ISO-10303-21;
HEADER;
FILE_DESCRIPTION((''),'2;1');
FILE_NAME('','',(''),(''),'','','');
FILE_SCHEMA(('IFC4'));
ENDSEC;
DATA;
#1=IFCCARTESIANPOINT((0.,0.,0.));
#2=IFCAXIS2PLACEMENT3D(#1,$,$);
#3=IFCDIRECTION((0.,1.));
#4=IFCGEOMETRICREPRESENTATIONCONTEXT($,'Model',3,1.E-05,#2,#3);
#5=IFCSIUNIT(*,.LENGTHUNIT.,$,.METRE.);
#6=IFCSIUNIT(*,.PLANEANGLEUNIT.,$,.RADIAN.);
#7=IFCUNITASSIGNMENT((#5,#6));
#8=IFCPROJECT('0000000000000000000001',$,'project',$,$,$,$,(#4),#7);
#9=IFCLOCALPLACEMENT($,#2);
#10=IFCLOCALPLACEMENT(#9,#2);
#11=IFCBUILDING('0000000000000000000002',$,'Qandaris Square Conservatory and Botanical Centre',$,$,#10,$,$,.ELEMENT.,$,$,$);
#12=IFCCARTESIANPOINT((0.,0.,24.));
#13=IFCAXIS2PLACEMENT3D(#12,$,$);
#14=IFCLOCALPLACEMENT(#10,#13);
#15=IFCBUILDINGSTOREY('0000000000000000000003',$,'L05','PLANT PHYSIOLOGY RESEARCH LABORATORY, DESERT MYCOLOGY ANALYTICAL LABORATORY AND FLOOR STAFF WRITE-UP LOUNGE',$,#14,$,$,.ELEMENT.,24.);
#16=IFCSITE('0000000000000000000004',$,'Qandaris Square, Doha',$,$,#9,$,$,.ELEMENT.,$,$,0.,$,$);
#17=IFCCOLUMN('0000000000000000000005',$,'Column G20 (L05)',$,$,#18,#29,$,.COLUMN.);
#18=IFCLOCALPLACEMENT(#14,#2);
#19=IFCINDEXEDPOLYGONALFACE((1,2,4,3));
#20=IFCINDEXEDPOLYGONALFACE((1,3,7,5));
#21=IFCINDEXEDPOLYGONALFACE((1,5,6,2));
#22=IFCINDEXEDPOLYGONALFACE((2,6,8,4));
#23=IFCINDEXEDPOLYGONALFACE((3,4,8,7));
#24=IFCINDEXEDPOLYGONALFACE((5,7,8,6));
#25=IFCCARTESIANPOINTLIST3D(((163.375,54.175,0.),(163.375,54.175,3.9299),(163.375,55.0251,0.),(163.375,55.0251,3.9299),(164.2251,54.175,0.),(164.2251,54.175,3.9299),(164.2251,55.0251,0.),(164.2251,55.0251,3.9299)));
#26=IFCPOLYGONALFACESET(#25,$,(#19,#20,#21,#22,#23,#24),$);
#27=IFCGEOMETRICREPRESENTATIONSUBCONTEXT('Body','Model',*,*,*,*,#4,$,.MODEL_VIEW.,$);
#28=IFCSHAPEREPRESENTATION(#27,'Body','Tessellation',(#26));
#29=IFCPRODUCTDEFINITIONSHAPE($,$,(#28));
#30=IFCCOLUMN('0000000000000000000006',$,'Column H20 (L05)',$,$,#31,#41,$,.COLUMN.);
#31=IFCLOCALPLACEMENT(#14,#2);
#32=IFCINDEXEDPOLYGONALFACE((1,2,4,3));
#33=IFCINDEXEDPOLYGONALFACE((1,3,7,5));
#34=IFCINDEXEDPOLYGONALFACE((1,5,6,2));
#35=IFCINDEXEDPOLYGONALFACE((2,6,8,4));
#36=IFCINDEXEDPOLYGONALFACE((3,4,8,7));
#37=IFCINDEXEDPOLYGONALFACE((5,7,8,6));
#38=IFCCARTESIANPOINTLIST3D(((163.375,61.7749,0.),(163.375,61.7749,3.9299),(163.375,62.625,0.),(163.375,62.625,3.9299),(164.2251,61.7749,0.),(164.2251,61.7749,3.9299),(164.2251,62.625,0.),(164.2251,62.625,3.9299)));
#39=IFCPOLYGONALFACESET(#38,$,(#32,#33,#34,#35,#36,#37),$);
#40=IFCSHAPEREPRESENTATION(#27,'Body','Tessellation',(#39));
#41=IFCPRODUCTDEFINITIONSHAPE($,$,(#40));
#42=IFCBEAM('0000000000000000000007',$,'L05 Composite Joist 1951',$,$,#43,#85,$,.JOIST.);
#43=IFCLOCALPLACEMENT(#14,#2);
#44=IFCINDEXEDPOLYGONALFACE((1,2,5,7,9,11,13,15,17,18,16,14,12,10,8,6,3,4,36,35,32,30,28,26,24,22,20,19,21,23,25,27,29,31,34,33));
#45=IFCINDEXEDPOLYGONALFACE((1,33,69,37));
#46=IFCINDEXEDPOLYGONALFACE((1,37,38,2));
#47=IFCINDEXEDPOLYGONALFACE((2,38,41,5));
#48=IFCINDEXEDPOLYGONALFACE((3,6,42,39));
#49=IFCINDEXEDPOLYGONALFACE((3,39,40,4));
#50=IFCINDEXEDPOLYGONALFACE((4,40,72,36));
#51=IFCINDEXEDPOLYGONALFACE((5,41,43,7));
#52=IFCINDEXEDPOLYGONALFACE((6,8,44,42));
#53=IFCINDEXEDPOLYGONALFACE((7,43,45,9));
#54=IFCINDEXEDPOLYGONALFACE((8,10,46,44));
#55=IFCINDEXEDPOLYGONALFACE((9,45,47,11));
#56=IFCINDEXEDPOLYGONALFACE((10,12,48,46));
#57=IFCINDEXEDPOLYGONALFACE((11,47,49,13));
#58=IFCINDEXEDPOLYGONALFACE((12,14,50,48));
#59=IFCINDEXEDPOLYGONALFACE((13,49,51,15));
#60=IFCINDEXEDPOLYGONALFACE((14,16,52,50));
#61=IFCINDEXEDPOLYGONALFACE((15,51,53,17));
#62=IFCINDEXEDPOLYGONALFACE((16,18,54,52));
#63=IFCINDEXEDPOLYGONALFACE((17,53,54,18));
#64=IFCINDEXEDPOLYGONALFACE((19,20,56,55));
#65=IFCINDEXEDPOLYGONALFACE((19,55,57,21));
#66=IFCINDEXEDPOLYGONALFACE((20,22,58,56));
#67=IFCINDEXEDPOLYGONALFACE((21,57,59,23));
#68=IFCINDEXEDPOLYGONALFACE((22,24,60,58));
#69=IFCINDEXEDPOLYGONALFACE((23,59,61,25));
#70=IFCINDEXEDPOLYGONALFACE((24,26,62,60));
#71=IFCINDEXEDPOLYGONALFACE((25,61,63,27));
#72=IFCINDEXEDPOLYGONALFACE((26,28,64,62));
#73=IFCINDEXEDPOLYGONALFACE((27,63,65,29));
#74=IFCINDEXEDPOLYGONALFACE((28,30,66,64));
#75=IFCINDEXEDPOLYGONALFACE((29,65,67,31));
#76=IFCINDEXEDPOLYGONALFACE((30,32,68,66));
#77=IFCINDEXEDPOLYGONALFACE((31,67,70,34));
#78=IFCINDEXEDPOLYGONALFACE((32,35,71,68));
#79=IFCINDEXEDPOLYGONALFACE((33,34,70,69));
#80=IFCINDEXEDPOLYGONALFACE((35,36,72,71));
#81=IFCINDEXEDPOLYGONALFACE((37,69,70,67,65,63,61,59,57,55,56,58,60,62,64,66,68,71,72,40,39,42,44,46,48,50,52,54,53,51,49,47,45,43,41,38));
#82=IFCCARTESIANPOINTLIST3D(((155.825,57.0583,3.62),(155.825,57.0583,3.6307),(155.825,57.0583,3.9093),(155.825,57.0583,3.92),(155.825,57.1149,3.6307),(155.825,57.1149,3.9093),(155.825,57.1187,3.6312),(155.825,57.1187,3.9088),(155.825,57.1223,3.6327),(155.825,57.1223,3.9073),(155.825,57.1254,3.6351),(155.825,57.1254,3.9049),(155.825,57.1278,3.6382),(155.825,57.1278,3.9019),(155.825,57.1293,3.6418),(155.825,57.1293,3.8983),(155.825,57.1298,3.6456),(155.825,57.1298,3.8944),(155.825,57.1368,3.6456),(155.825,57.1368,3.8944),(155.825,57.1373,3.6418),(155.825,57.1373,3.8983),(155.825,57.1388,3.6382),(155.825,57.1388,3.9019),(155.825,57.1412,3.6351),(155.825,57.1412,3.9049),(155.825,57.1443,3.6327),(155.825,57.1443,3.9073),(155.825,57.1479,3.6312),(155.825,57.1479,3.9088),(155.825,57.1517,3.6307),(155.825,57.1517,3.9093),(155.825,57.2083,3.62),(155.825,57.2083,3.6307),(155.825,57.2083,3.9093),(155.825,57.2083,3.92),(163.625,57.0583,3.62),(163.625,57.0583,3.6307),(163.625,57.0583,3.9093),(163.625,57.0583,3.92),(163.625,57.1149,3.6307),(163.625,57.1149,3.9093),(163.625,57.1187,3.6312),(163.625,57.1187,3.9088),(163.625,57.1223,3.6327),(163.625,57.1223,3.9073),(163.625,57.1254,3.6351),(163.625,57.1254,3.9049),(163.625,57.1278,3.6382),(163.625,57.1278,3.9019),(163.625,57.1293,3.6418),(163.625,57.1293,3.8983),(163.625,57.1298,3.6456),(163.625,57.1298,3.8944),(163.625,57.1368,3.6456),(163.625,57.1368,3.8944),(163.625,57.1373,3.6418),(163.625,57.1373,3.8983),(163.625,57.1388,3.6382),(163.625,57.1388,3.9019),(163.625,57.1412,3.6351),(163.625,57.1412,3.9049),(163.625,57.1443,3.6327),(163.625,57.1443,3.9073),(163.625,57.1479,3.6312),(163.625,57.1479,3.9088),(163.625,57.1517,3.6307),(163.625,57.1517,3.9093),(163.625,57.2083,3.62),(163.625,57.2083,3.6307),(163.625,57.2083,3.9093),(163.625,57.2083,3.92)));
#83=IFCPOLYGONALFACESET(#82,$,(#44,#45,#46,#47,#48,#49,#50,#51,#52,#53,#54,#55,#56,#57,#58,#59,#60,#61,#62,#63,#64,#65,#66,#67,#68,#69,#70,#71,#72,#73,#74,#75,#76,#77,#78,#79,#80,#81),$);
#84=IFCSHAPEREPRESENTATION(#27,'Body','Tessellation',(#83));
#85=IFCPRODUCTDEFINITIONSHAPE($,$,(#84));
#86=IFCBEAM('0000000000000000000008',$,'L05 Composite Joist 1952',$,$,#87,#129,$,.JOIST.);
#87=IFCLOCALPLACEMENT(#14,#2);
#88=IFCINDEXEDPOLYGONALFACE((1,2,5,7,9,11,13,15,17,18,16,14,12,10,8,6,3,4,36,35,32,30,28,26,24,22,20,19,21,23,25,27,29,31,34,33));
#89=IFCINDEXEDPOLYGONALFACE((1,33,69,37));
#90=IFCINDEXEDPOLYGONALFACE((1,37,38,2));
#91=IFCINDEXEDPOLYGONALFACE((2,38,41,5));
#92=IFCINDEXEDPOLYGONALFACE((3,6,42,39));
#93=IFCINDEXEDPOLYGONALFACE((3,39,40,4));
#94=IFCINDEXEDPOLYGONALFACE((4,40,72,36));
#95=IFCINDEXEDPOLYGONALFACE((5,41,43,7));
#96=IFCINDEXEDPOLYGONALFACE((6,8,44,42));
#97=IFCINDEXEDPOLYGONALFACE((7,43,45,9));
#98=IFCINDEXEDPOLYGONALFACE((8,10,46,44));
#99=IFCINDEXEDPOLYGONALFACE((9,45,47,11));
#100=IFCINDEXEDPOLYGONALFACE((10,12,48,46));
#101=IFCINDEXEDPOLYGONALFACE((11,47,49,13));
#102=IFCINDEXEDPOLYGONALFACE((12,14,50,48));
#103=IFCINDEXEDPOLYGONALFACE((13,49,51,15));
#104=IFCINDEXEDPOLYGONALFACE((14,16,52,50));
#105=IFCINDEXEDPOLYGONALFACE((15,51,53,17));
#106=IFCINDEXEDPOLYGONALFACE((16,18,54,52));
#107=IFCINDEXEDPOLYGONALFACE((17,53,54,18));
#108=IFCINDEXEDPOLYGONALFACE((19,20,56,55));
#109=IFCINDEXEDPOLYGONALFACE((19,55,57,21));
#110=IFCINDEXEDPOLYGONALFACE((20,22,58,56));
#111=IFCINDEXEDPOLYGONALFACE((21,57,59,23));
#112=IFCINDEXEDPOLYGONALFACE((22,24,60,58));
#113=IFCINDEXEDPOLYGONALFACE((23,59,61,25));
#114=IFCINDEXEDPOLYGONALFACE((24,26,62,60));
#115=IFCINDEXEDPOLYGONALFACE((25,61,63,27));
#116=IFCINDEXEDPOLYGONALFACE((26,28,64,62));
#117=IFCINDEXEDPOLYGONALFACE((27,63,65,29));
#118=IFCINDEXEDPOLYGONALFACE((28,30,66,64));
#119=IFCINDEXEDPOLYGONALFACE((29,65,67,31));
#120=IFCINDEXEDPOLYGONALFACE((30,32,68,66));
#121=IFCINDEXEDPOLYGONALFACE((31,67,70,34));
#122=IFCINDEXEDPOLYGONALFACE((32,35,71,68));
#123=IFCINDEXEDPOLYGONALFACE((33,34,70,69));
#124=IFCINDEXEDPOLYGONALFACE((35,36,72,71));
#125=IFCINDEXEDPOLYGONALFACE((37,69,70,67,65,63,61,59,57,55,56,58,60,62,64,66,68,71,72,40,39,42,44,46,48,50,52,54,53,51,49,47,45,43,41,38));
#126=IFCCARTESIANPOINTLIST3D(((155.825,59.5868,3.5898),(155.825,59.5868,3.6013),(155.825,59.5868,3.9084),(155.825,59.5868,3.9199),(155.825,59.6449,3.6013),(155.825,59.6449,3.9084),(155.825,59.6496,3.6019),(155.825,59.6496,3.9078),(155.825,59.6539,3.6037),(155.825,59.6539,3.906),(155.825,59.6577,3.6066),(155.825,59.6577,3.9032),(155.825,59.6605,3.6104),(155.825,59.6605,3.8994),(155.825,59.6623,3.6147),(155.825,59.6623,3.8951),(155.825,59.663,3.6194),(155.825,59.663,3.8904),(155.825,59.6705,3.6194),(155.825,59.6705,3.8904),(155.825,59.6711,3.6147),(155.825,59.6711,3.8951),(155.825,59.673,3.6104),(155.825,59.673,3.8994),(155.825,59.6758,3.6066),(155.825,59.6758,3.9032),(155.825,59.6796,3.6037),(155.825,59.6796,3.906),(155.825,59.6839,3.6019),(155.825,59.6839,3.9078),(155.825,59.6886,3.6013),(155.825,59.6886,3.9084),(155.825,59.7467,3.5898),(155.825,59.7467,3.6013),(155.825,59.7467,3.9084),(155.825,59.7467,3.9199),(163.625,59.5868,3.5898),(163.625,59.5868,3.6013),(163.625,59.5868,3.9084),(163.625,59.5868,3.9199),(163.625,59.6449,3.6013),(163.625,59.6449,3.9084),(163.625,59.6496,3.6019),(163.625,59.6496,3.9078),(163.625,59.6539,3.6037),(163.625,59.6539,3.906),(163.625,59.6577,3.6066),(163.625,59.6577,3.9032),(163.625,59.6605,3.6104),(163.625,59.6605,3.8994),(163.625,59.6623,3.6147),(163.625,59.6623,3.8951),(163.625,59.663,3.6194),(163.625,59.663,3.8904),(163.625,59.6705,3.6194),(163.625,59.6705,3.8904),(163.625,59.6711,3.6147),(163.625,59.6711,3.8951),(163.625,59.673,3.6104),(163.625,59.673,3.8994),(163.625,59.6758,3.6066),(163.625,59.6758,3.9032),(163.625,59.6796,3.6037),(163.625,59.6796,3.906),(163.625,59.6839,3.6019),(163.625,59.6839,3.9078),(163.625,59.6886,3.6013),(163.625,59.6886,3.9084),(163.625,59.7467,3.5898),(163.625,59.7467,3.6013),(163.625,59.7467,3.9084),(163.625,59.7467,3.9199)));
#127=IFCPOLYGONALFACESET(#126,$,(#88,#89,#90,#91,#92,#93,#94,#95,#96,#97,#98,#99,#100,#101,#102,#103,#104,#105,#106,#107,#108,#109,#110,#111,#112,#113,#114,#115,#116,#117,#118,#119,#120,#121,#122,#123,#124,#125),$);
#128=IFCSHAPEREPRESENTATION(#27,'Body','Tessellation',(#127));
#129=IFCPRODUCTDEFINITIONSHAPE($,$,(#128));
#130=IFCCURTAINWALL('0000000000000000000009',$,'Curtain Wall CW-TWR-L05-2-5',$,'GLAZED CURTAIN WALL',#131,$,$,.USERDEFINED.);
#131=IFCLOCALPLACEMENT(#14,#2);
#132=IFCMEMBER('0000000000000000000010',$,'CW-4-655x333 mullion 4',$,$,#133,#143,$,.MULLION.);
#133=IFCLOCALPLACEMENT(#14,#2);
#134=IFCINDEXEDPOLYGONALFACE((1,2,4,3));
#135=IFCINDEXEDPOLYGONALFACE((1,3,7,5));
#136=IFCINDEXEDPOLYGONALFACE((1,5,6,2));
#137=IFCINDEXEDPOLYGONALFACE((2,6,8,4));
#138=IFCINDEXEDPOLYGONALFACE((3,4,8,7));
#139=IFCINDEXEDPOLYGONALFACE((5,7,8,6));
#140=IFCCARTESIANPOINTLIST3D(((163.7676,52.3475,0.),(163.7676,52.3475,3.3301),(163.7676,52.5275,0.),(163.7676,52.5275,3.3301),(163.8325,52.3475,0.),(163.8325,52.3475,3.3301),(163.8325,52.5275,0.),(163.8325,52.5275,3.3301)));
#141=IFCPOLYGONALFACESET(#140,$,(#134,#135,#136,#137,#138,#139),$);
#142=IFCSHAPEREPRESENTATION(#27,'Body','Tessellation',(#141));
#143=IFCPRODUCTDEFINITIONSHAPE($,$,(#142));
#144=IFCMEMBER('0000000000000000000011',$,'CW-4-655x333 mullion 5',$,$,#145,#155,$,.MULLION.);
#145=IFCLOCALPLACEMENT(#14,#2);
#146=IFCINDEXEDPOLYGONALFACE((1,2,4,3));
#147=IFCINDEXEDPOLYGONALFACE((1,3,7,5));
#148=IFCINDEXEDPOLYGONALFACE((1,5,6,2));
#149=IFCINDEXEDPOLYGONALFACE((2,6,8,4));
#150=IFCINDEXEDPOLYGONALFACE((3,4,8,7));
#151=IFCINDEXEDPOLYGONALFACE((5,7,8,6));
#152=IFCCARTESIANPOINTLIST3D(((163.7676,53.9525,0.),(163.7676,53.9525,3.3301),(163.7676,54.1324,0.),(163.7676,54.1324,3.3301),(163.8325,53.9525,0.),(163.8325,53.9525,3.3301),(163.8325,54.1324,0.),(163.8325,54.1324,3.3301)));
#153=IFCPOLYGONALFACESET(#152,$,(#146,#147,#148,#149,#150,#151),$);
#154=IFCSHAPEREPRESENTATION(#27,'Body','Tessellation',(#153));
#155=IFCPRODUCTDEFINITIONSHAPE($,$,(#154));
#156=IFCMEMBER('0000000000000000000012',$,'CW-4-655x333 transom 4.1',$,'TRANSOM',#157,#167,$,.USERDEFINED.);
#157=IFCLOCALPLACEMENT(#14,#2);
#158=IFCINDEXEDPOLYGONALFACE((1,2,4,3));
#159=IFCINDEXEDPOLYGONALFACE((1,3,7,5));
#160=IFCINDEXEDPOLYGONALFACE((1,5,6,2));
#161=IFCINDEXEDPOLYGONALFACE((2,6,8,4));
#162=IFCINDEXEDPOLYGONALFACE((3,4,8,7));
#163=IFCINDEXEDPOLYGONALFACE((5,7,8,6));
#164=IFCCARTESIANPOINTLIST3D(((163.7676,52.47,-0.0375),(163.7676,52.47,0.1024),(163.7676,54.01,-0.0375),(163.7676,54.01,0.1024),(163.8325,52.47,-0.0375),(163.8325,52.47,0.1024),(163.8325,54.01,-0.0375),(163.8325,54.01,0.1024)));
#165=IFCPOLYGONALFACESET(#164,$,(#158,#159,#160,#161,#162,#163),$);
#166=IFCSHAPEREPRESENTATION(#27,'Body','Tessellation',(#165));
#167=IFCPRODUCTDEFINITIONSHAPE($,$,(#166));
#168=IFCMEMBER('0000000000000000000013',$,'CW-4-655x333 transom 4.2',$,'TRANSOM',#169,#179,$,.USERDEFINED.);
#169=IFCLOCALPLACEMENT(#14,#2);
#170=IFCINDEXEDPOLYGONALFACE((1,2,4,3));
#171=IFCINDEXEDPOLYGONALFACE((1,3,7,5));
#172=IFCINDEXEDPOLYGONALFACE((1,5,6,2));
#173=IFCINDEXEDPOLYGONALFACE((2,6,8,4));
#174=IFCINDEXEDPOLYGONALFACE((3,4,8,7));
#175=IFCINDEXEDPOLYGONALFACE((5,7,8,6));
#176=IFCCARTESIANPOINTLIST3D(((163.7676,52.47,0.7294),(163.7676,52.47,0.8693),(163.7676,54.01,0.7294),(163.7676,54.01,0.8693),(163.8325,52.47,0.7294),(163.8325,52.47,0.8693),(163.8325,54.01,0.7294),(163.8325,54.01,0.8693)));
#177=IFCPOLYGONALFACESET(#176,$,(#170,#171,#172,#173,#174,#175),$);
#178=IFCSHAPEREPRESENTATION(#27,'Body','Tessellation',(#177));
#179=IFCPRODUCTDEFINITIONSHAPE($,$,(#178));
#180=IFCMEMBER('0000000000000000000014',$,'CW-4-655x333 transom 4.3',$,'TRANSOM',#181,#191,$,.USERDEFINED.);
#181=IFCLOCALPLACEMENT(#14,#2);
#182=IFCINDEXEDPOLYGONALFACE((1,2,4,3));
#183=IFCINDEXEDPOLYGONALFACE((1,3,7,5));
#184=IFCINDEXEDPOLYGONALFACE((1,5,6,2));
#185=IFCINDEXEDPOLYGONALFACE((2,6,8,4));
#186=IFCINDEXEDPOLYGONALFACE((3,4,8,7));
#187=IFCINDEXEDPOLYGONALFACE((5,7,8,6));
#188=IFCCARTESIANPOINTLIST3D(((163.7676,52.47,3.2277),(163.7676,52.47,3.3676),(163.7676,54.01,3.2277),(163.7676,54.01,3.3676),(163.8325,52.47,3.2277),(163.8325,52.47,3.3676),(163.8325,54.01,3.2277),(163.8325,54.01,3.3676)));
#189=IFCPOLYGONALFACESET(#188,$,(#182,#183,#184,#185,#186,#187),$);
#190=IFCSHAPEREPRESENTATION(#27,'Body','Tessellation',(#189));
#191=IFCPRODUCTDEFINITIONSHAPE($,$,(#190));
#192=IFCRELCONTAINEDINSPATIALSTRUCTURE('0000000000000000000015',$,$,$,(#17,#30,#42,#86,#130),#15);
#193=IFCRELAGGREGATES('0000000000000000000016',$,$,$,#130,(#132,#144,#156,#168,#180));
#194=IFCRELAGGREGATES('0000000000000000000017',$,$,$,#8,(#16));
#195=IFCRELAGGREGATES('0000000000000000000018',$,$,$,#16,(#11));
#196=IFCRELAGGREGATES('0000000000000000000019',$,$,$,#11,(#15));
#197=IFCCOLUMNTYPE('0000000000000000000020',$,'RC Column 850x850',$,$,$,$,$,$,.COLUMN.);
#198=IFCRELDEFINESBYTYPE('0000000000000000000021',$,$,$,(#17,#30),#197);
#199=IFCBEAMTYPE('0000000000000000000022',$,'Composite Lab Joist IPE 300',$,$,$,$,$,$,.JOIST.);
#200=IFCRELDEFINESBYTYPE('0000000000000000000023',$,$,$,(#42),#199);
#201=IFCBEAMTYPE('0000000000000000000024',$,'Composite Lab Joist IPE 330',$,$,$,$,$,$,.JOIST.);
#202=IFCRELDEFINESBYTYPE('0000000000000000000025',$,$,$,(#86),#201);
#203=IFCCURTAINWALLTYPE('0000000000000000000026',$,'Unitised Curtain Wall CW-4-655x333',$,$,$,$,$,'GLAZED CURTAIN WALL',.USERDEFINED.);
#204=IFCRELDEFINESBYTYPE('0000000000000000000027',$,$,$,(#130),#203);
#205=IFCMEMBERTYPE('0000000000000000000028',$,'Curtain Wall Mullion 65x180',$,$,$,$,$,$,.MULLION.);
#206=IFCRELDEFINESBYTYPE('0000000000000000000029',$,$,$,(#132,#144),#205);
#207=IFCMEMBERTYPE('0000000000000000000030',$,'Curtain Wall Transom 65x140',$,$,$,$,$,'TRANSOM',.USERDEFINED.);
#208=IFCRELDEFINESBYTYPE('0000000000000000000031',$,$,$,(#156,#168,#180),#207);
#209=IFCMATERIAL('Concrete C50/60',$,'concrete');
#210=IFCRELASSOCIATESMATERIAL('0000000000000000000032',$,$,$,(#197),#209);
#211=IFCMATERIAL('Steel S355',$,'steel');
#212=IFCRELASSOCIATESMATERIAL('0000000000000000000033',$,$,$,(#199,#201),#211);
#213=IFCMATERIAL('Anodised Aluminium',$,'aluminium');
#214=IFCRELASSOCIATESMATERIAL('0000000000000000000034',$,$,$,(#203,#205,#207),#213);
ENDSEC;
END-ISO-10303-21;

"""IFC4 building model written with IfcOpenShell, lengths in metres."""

from ifc_helpers import new_model, si_unit, direction, frame, origin, origin_2d, place, context, subcontext, project, spatial, rectangle, i_section, extrude, material, material_profile, profile_set, type_object, element, aggregate, save


model = new_model("IFC4")

# Units and contexts
model_context = context("Model", 3, precision=1e-05, world=origin(), true_north=direction((0.0, 1.0)))
body_context = subcontext(model_context, "Body", "Model", "MODEL_VIEW")
ifc_project = project(units=[si_unit("LENGTHUNIT", "METRE"), si_unit("PLANEANGLEUNIT", "RADIAN")], contexts=[model_context])

# Site, building, storey
site_placement = place(None, origin())
site = spatial("IfcSite", under=ifc_project, at=site_placement, Name="Qandaris Square, Doha", CompositionType="ELEMENT", RefElevation=0.0)
building_placement = place(site_placement, origin())
building = spatial("IfcBuilding", under=site, at=building_placement, Name="Qandaris Square Conservatory and Botanical Centre", CompositionType="ELEMENT")
storey_placement = place(building_placement, frame((0.0, 0.0, 24.0)))
storey = spatial("IfcBuildingStorey", under=building, at=storey_placement, Name="L05", Description="PLANT PHYSIOLOGY RESEARCH LABORATORY, DESERT MYCOLOGY ANALYTICAL LABORATORY AND FLOOR STAFF WRITE-UP LOUNGE", CompositionType="ELEMENT", Elevation=24.0)

# Columns
ifc_material_1 = material(Name="Concrete C50/60", Category="concrete")
ifc_material_profile_1 = material_profile(ifc_material_1, rectangle(XDim=0.8501, YDim=0.8501, at=origin_2d()), Name="RC-COL 850x850")
ifc_profile_set_1 = profile_set([ifc_material_profile_1], Name="Concrete C50/60")
column_type = type_object("IfcColumnType", Name="RC Column 850x850", PredefinedType="COLUMN", material=ifc_profile_set_1)
for number, where, z_axis, x_axis, name in (
    (1, (163.8, 54.6001, 0.0), (0.0, 0.0, 1.0), (1.0, 0.0, 0.0), "Column G20 (L05)"),
    (2, (163.8, 62.2, 0.0), (0.0, 0.0, 1.0), (1.0, 0.0, 0.0), "Column H20 (L05)"),
):
    element("IfcColumn", number, at=place(storey_placement, frame(where, z_axis=z_axis, x_axis=x_axis)), inside=storey, type_object=column_type, Name=name, PredefinedType="COLUMN", context=body_context, shape_type="SweptSolid", body=[
        extrude(rectangle(XDim=0.8501, YDim=0.8501, at=origin_2d()), origin(), (0.0, 0.0, 1.0), 3.9299),
    ])

# Beams
ifc_material_2 = material(Name="Steel S355", Category="steel")
ifc_material_profile_2 = material_profile(ifc_material_2, i_section(OverallWidth=0.1499, OverallDepth=0.3, WebThickness=0.0071, FlangeThickness=0.0107, FilletRadius=0.0149, at=origin_2d()), Name="IPE 300")
ifc_profile_set_2 = profile_set([ifc_material_profile_2], Name="Steel S355")
beam_type_1 = type_object("IfcBeamType", Name="Composite Lab Joist IPE 300", PredefinedType="JOIST", material=ifc_profile_set_2)
beam_1_placement = place(storey_placement, frame((155.825, 57.1333, 3.77), z_axis=(1.0, 0.0, 0.0), x_axis=(0.0, 1.0, 0.0)))
element("IfcBeam", 3, at=beam_1_placement, inside=storey, type_object=beam_type_1, Name="L05 Composite Joist 1951", PredefinedType="JOIST", context=body_context, shape_type="SweptSolid", body=[
    extrude(i_section(OverallWidth=0.1499, OverallDepth=0.3, WebThickness=0.0071, FlangeThickness=0.0107, FilletRadius=0.0149, at=origin_2d()), origin(), (0.0, 0.0, 1.0), 7.8),
])
ifc_material_profile_3 = material_profile(ifc_material_2, i_section(OverallWidth=0.1599, OverallDepth=0.3301, WebThickness=0.0076, FlangeThickness=0.0115, FilletRadius=0.0181, at=origin_2d()), Name="IPE 330")
ifc_profile_set_3 = profile_set([ifc_material_profile_3], Name="Steel S355")
beam_type_2 = type_object("IfcBeamType", Name="Composite Lab Joist IPE 330", PredefinedType="JOIST", material=ifc_profile_set_3)
beam_2_placement = place(storey_placement, frame((155.825, 59.6667, 3.7549), z_axis=(1.0, 0.0, 0.0), x_axis=(0.0, 1.0, 0.0)))
element("IfcBeam", 4, at=beam_2_placement, inside=storey, type_object=beam_type_2, Name="L05 Composite Joist 1952", PredefinedType="JOIST", context=body_context, shape_type="SweptSolid", body=[
    extrude(i_section(OverallWidth=0.1599, OverallDepth=0.3301, WebThickness=0.0076, FlangeThickness=0.0115, FilletRadius=0.0181, at=origin_2d()), origin(), (0.0, 0.0, 1.0), 7.8),
])

# Curtain wall, members
ifc_material_3 = material(Name="Anodised Aluminium", Category="aluminium")
curtain_wall_type = type_object("IfcCurtainWallType", Name="Unitised Curtain Wall CW-4-655x333", ElementType="GLAZED CURTAIN WALL", PredefinedType="USERDEFINED", material=ifc_material_3)
curtain_wall_placement = place(storey_placement, origin())
curtain_wall = element("IfcCurtainWall", 5, at=curtain_wall_placement, inside=storey, type_object=curtain_wall_type, Name="Curtain Wall CW-TWR-L05-2-5", ObjectType="GLAZED CURTAIN WALL", PredefinedType="USERDEFINED")
ifc_material_profile_4 = material_profile(ifc_material_3, rectangle(XDim=0.0649, YDim=0.1799, at=origin_2d()), Name="ALU-MUL 65x180")
ifc_profile_set_4 = profile_set([ifc_material_profile_4], Name="Anodised Aluminium")
member_type_1 = type_object("IfcMemberType", Name="Curtain Wall Mullion 65x180", PredefinedType="MULLION", material=ifc_profile_set_4)
member_1_placement = place(storey_placement, frame((163.8, 52.4375, 0.0), z_axis=(0.0, 0.0, 1.0), x_axis=(-1.0, 0.0, 0.0)))
member_1 = element("IfcMember", 6, at=member_1_placement, type_object=member_type_1, Name="CW-4-655x333 mullion 4", PredefinedType="MULLION", context=body_context, shape_type="SweptSolid", body=[
    extrude(rectangle(XDim=0.0649, YDim=0.1799, at=origin_2d()), origin(), (0.0, 0.0, 1.0), 3.3301),
])
member_2_placement = place(storey_placement, frame((163.8, 54.0425, 0.0), z_axis=(0.0, 0.0, 1.0), x_axis=(-1.0, 0.0, 0.0)))
member_2 = element("IfcMember", 7, at=member_2_placement, type_object=member_type_1, Name="CW-4-655x333 mullion 5", PredefinedType="MULLION", context=body_context, shape_type="SweptSolid", body=[
    extrude(rectangle(XDim=0.0649, YDim=0.1799, at=origin_2d()), origin(), (0.0, 0.0, 1.0), 3.3301),
])
ifc_material_profile_5 = material_profile(ifc_material_3, rectangle(XDim=0.0649, YDim=0.1399, at=origin_2d()), Name="ALU-TRN 65x140")
ifc_profile_set_5 = profile_set([ifc_material_profile_5], Name="Anodised Aluminium")
member_type_2 = type_object("IfcMemberType", Name="Curtain Wall Transom 65x140", ElementType="TRANSOM", PredefinedType="USERDEFINED", material=ifc_profile_set_5)
member_3_placement = place(storey_placement, frame((163.8, 52.47, 0.0325), z_axis=(0.0, 1.0, 0.0), x_axis=(-1.0, 0.0, 0.0)))
member_3 = element("IfcMember", 8, at=member_3_placement, type_object=member_type_2, Name="CW-4-655x333 transom 4.1", ObjectType="TRANSOM", PredefinedType="USERDEFINED", context=body_context, shape_type="SweptSolid", body=[
    extrude(rectangle(XDim=0.0649, YDim=0.1399, at=origin_2d()), origin(), (0.0, 0.0, 1.0), 1.54),
])
member_4_placement = place(storey_placement, frame((163.8, 52.47, 0.7993), z_axis=(0.0, 1.0, 0.0), x_axis=(-1.0, 0.0, 0.0)))
member_4 = element("IfcMember", 9, at=member_4_placement, type_object=member_type_2, Name="CW-4-655x333 transom 4.2", ObjectType="TRANSOM", PredefinedType="USERDEFINED", context=body_context, shape_type="SweptSolid", body=[
    extrude(rectangle(XDim=0.0649, YDim=0.1399, at=origin_2d()), origin(), (0.0, 0.0, 1.0), 1.54),
])
member_5_placement = place(storey_placement, frame((163.8, 52.47, 3.2976), z_axis=(0.0, 1.0, 0.0), x_axis=(-1.0, 0.0, 0.0)))
member_5 = element("IfcMember", 10, at=member_5_placement, type_object=member_type_2, Name="CW-4-655x333 transom 4.3", ObjectType="TRANSOM", PredefinedType="USERDEFINED", context=body_context, shape_type="SweptSolid", body=[
    extrude(rectangle(XDim=0.0649, YDim=0.1399, at=origin_2d()), origin(), (0.0, 0.0, 1.0), 1.54),
])

aggregate(curtain_wall, [member_1, member_2, member_3, member_4, member_5])

save(model, "model.ifc")
